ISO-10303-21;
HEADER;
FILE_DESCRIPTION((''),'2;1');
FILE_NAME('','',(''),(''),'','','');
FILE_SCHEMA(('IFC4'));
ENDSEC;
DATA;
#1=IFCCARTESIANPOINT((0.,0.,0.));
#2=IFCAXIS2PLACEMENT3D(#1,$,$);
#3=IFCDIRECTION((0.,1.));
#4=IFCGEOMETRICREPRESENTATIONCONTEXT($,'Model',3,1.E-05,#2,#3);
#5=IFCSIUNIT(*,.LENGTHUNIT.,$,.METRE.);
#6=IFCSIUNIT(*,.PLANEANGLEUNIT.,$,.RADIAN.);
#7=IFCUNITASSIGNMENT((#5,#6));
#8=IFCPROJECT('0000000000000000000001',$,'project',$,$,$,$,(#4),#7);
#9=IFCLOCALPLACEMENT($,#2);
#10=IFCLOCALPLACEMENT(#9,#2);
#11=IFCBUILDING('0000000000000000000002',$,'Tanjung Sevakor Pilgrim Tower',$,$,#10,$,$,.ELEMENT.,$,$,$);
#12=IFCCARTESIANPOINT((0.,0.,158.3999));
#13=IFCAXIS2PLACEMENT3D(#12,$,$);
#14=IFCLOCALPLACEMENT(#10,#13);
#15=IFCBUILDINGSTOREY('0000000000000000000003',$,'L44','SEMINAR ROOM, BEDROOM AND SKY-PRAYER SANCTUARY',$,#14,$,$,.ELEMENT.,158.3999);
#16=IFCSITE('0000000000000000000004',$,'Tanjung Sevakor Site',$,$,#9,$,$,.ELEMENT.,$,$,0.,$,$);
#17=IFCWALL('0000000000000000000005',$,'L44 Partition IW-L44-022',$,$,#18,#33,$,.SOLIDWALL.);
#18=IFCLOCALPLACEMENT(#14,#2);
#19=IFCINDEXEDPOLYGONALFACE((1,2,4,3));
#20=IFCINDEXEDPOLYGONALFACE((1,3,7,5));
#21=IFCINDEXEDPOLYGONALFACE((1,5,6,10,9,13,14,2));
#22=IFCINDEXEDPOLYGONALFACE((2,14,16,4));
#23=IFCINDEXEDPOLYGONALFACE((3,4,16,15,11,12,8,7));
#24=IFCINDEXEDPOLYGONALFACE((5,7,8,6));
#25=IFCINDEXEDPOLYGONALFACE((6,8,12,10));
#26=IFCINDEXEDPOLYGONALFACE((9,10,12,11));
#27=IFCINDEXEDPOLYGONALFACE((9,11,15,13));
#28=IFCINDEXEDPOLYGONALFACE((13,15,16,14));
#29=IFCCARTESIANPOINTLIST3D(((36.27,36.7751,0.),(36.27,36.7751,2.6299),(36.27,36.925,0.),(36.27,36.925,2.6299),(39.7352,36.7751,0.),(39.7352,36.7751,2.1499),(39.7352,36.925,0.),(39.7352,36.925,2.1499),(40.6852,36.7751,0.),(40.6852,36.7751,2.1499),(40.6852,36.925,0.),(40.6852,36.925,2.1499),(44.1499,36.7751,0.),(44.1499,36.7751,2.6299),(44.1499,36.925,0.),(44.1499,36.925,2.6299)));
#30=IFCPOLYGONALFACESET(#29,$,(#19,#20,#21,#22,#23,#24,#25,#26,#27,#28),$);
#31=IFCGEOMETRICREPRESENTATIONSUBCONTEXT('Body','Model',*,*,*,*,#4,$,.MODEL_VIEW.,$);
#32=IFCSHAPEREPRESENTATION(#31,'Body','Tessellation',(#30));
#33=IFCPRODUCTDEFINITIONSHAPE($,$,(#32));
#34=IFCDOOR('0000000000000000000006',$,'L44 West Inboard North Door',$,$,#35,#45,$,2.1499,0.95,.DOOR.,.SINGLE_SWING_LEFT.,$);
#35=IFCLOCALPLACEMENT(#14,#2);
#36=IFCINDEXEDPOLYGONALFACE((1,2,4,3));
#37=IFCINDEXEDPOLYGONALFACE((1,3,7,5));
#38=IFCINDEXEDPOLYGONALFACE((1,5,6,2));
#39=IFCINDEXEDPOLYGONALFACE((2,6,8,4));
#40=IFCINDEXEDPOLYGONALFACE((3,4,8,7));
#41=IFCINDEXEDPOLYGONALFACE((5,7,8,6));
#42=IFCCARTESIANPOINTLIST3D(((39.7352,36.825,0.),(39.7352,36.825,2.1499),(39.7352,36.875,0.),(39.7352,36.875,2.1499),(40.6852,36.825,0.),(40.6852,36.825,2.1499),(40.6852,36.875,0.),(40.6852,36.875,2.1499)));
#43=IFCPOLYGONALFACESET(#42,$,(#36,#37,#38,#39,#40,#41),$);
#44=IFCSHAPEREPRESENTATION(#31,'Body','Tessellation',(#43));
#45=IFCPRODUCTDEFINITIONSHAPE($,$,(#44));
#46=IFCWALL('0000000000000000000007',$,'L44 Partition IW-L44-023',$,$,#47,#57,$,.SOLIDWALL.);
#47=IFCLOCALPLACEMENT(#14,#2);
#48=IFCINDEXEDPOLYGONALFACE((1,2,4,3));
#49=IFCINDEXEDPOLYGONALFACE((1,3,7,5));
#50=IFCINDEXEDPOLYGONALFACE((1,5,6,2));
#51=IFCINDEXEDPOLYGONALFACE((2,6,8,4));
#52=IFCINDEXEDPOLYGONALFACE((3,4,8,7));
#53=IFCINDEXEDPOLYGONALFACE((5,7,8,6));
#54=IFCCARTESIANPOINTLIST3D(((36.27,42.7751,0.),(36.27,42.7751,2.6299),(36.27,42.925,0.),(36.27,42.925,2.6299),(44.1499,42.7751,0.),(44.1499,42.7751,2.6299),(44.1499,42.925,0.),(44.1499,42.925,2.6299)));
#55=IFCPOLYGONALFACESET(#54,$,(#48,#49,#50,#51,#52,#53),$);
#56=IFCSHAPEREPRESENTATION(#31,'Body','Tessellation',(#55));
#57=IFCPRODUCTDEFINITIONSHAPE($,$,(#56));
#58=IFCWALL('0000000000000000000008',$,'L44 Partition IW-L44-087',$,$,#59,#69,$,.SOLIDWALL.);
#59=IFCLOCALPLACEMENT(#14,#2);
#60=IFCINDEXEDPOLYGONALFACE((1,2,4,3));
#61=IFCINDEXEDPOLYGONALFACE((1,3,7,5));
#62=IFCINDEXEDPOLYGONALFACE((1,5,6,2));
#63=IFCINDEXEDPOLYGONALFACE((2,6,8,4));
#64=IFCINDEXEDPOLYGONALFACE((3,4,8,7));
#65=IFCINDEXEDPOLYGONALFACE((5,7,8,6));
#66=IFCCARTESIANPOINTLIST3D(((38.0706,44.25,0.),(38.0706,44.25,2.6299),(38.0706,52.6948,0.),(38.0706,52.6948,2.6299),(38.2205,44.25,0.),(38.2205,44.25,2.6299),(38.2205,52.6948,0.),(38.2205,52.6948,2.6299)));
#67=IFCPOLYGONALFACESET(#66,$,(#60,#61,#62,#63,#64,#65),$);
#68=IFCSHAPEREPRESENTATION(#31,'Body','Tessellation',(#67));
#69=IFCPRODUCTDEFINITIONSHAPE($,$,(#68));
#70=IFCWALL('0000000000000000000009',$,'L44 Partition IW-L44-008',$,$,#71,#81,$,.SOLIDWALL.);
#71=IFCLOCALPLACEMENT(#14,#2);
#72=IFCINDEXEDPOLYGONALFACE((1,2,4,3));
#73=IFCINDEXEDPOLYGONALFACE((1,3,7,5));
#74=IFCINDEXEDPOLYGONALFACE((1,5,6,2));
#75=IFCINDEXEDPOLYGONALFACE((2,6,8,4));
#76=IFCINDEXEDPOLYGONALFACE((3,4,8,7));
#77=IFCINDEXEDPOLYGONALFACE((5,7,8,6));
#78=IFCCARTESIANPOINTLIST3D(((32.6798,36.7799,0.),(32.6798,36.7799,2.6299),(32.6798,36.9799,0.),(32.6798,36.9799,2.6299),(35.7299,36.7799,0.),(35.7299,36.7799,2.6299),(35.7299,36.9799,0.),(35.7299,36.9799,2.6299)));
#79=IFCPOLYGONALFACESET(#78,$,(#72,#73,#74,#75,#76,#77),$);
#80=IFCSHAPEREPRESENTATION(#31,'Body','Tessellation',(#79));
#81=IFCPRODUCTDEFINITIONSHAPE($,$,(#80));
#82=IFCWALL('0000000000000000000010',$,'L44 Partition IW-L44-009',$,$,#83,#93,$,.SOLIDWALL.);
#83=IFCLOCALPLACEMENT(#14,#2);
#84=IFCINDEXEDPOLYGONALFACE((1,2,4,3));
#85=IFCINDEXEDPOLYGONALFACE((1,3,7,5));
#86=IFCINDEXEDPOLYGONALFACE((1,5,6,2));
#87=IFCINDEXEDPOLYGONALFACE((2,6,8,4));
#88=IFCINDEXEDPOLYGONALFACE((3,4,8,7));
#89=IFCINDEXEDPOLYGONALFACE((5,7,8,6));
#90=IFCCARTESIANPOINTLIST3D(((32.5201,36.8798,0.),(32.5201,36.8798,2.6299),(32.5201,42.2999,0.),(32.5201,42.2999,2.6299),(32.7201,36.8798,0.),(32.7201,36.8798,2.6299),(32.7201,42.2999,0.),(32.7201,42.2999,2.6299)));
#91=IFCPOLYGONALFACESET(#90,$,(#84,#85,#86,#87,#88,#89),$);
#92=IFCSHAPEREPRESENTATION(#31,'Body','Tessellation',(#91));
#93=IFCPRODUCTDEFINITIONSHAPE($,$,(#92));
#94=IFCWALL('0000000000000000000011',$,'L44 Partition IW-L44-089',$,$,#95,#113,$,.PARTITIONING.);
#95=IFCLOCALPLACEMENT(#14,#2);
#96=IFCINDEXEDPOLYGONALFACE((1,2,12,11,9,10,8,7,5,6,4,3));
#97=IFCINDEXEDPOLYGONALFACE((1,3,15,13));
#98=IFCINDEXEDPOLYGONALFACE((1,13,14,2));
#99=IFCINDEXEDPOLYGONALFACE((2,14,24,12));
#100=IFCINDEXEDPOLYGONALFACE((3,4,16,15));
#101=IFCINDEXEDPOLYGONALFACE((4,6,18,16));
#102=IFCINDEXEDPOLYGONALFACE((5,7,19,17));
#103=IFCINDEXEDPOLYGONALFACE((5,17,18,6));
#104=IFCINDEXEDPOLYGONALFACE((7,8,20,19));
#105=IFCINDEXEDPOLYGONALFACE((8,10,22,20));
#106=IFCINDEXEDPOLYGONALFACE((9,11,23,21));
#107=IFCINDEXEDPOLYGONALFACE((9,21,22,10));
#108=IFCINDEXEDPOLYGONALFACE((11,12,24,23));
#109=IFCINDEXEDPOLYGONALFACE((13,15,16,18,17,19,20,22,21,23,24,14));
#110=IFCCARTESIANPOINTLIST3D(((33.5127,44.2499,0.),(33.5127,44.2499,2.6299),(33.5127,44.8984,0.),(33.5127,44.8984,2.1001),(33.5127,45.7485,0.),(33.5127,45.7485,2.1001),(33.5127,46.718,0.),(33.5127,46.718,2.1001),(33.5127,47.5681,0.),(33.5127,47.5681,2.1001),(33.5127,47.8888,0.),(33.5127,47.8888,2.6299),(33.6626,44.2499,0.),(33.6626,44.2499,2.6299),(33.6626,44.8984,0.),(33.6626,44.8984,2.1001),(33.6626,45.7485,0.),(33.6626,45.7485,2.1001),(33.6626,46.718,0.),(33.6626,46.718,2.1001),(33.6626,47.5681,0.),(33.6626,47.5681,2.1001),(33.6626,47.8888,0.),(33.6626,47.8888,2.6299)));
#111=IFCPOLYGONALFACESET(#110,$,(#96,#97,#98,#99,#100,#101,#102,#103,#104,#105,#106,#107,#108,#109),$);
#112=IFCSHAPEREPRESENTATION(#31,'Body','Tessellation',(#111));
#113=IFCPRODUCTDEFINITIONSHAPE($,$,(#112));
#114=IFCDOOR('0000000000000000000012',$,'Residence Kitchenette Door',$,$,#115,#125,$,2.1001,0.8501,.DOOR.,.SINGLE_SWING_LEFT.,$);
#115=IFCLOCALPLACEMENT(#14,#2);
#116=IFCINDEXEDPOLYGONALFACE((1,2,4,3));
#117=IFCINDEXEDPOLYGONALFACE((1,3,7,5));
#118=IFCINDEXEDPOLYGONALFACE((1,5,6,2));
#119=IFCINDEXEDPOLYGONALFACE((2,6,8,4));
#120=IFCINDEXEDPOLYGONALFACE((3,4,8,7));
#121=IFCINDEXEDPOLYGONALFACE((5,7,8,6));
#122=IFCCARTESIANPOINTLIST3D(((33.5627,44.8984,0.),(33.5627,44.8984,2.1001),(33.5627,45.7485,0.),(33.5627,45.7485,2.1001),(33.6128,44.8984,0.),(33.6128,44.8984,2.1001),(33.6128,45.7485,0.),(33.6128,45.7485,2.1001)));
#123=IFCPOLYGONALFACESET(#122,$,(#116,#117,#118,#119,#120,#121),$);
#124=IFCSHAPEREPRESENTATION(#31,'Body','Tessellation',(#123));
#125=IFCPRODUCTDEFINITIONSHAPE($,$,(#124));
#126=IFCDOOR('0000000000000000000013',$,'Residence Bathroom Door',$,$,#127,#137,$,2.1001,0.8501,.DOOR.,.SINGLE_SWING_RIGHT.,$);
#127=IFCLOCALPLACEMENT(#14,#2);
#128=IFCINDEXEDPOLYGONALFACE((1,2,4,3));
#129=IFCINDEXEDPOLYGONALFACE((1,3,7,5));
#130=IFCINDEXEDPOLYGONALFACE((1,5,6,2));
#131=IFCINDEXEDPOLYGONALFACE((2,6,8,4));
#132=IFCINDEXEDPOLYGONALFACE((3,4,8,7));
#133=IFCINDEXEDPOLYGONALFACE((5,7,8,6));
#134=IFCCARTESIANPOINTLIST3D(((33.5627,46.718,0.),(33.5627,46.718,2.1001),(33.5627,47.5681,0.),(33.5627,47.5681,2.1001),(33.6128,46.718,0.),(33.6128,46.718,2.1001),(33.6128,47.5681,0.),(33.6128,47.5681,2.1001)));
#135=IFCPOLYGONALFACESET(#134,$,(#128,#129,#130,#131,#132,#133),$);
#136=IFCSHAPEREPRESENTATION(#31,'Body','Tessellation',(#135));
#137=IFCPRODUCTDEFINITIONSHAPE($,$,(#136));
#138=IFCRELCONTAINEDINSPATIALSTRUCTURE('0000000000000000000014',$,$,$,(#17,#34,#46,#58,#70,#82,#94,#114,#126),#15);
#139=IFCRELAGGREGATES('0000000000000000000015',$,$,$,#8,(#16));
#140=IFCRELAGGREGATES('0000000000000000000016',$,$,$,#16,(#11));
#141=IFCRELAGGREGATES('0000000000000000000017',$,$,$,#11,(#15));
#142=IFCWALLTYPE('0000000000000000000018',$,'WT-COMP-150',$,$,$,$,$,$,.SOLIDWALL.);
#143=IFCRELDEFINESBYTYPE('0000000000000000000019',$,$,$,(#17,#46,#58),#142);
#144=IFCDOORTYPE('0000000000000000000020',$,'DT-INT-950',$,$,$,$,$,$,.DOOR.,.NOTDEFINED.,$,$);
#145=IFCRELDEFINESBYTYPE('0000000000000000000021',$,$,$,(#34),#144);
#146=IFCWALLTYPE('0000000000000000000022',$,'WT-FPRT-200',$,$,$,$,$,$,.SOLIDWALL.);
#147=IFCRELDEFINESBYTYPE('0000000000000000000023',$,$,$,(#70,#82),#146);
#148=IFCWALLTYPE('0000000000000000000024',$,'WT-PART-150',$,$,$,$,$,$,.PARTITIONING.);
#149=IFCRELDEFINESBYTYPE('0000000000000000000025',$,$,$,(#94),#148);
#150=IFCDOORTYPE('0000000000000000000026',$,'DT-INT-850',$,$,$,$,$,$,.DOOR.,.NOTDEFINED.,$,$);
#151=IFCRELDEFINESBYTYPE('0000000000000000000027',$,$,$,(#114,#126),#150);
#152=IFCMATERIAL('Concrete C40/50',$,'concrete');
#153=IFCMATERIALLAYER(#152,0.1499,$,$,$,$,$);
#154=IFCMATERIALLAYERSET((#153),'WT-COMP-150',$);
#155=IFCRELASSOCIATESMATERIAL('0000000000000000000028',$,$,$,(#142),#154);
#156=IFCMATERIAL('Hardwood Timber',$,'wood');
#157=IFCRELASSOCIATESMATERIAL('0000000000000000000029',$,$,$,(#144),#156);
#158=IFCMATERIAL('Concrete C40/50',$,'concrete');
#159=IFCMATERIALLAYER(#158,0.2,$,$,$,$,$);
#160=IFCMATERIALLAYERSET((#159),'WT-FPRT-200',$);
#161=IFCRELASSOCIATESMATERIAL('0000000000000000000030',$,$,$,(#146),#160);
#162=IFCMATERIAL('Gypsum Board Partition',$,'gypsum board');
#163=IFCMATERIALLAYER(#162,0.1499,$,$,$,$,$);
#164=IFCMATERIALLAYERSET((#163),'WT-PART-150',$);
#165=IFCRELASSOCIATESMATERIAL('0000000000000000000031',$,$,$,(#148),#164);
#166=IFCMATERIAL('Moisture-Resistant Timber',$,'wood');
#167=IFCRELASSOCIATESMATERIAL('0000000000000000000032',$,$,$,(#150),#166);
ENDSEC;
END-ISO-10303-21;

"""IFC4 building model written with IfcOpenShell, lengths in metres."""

from ifc_helpers import new_model, si_unit, direction, frame, frame_2d, origin, place, context, subcontext, project, spatial, rectangle, extrude, material, layer, layer_set, type_object, element, fill, save


model = new_model("IFC4")

# Units and contexts
model_context = context("Model", 3, precision=1e-05, world=origin(), true_north=direction((0.0, 1.0)))
body_context = subcontext(model_context, "Body", "Model", "MODEL_VIEW")
ifc_project = project(units=[si_unit("LENGTHUNIT", "METRE"), si_unit("PLANEANGLEUNIT", "RADIAN")], contexts=[model_context])

# Site, building, storey
site_placement = place(None, origin())
site = spatial("IfcSite", under=ifc_project, at=site_placement, Name="Tanjung Sevakor Site", CompositionType="ELEMENT", RefElevation=0.0)
building_placement = place(site_placement, origin())
building = spatial("IfcBuilding", under=site, at=building_placement, Name="Tanjung Sevakor Pilgrim Tower", CompositionType="ELEMENT")
storey_placement = place(building_placement, frame((0.0, 0.0, 158.3999)))
storey = spatial("IfcBuildingStorey", under=building, at=storey_placement, Name="L44", Description="SEMINAR ROOM, BEDROOM AND SKY-PRAYER SANCTUARY", CompositionType="ELEMENT", Elevation=158.3999)

# Shared definitions
ifc_material_1 = material(Name="Concrete C40/50", Category="concrete")
ifc_layer_1 = layer(ifc_material_1, 0.1499)
ifc_layer_set_1 = layer_set([ifc_layer_1], Name="WT-COMP-150")
wall_type_1 = type_object("IfcWallType", Name="WT-COMP-150", PredefinedType="SOLIDWALL", material=ifc_layer_set_1)

# Wall, opening, door
ifc_material_2 = material(Name="Hardwood Timber", Category="wood")
door_type_1 = type_object("IfcDoorType", Name="DT-INT-950", OperationType="NOTDEFINED", PredefinedType="DOOR", material=ifc_material_2)
wall_1_placement = place(storey_placement, frame((36.27, 36.8501, 0.0), z_axis=(0.0, 0.0, 1.0), x_axis=(1.0, 0.0, 0.0)))
wall_1 = element("IfcWall", 1, at=wall_1_placement, inside=storey, type_object=wall_type_1, Name="L44 Partition IW-L44-022", PredefinedType="SOLIDWALL", context=body_context, shape_type="SweptSolid", body=[
    extrude(rectangle(XDim=7.8799, YDim=0.1499, at=frame_2d((3.9399, 0.0))), origin(), (0.0, 0.0, 1.0), 2.6299),
])
opening_1_placement = place(wall_1_placement, frame((3.4651, 0.0, 0.0)))
opening_1 = element("IfcOpeningElement", 2, at=opening_1_placement, cuts=wall_1, PredefinedType="OPENING", context=body_context, shape_type="SweptSolid", body=[
    extrude(rectangle(XDim=0.95, YDim=2.1499, at=frame_2d((0.4751, 1.075))), frame((0.0, 0.085, 0.0), z_axis=(0.0, -1.0, 0.0), x_axis=(1.0, 0.0, 0.0)), (0.0, 0.0, 1.0), 0.1699),
])
door_1_placement = place(opening_1_placement, origin())
door_1 = element("IfcDoor", 3, at=door_1_placement, inside=storey, type_object=door_type_1, Name="L44 West Inboard North Door", OperationType="SINGLE_SWING_LEFT", OverallHeight=2.1499, OverallWidth=0.95, PredefinedType="DOOR", context=body_context, shape_type="SweptSolid", body=[
    extrude(rectangle(XDim=0.95, YDim=2.1499, at=frame_2d((0.4751, 1.075))), frame((0.0, 0.0249, 0.0), z_axis=(0.0, -1.0, 0.0), x_axis=(1.0, 0.0, 0.0)), (0.0, 0.0, 1.0), 0.05),
])
fill(opening_1, door_1)

# Walls
wall_2_placement = place(storey_placement, frame((36.27, 42.8501, 0.0), z_axis=(0.0, 0.0, 1.0), x_axis=(1.0, 0.0, 0.0)))
element("IfcWall", 4, at=wall_2_placement, inside=storey, type_object=wall_type_1, Name="L44 Partition IW-L44-023", PredefinedType="SOLIDWALL", context=body_context, shape_type="SweptSolid", body=[
    extrude(rectangle(XDim=7.8799, YDim=0.1499, at=frame_2d((3.9399, 0.0))), origin(), (0.0, 0.0, 1.0), 2.6299),
])
wall_3_placement = place(storey_placement, frame((38.1455, 44.25, 0.0), z_axis=(0.0, 0.0, 1.0), x_axis=(0.0, 1.0, 0.0)))
element("IfcWall", 5, at=wall_3_placement, inside=storey, type_object=wall_type_1, Name="L44 Partition IW-L44-087", PredefinedType="SOLIDWALL", context=body_context, shape_type="SweptSolid", body=[
    extrude(rectangle(XDim=8.4448, YDim=0.1499, at=frame_2d((4.2224, 0.0))), origin(), (0.0, 0.0, 1.0), 2.6299),
])

# Walls
ifc_material_3 = material(Name="Concrete C40/50", Category="concrete")
ifc_layer_2 = layer(ifc_material_3, 0.2)
ifc_layer_set_2 = layer_set([ifc_layer_2], Name="WT-FPRT-200")
wall_type_2 = type_object("IfcWallType", Name="WT-FPRT-200", PredefinedType="SOLIDWALL", material=ifc_layer_set_2)
wall_4_placement = place(storey_placement, frame((32.6799, 36.8799, 0.0), z_axis=(0.0, 0.0, 1.0), x_axis=(1.0, 0.0, 0.0)))
element("IfcWall", 6, at=wall_4_placement, inside=storey, type_object=wall_type_2, Name="L44 Partition IW-L44-008", PredefinedType="SOLIDWALL", context=body_context, shape_type="SweptSolid", body=[
    extrude(rectangle(XDim=3.05, YDim=0.2, at=frame_2d((1.5249, 0.0))), origin(), (0.0, 0.0, 1.0), 2.6299),
])
wall_5_placement = place(storey_placement, frame((32.6201, 36.8799, 0.0), z_axis=(0.0, 0.0, 1.0), x_axis=(0.0, 1.0, 0.0)))
element("IfcWall", 7, at=wall_5_placement, inside=storey, type_object=wall_type_2, Name="L44 Partition IW-L44-009", PredefinedType="SOLIDWALL", context=body_context, shape_type="SweptSolid", body=[
    extrude(rectangle(XDim=5.4202, YDim=0.2, at=frame_2d((2.71, 0.0))), origin(), (0.0, 0.0, 1.0), 2.6299),
])

# Wall, openings, doors
ifc_material_4 = material(Name="Gypsum Board Partition", Category="gypsum board")
ifc_layer_3 = layer(ifc_material_4, 0.1499)
ifc_layer_set_3 = layer_set([ifc_layer_3], Name="WT-PART-150")
wall_type_3 = type_object("IfcWallType", Name="WT-PART-150", PredefinedType="PARTITIONING", material=ifc_layer_set_3)
wall_6_placement = place(storey_placement, frame((33.5876, 44.25, 0.0), z_axis=(0.0, 0.0, 1.0), x_axis=(0.0, 1.0, 0.0)))
wall_6 = element("IfcWall", 8, at=wall_6_placement, inside=storey, type_object=wall_type_3, Name="L44 Partition IW-L44-089", PredefinedType="PARTITIONING", context=body_context, shape_type="SweptSolid", body=[
    extrude(rectangle(XDim=3.6389, YDim=0.1499, at=frame_2d((1.8193, 0.0))), origin(), (0.0, 0.0, 1.0), 2.6299),
])
opening_2_placement = place(wall_6_placement, frame((0.6484, 0.0, 0.0)))
opening_2 = element("IfcOpeningElement", 9, at=opening_2_placement, cuts=wall_6, PredefinedType="OPENING", context=body_context, shape_type="SweptSolid", body=[
    extrude(rectangle(XDim=0.8501, YDim=2.1001, at=frame_2d((0.425, 1.05))), frame((0.0, 0.085, 0.0), z_axis=(0.0, -1.0, 0.0), x_axis=(1.0, 0.0, 0.0)), (0.0, 0.0, 1.0), 0.1699),
])
opening_3_placement = place(wall_6_placement, frame((2.468, 0.0, 0.0)))
opening_3 = element("IfcOpeningElement", 10, at=opening_3_placement, cuts=wall_6, PredefinedType="OPENING", context=body_context, shape_type="SweptSolid", body=[
    extrude(rectangle(XDim=0.8501, YDim=2.1001, at=frame_2d((0.425, 1.05))), frame((0.0, 0.085, 0.0), z_axis=(0.0, -1.0, 0.0), x_axis=(1.0, 0.0, 0.0)), (0.0, 0.0, 1.0), 0.1699),
])
ifc_material_5 = material(Name="Moisture-Resistant Timber", Category="wood")
door_type_2 = type_object("IfcDoorType", Name="DT-INT-850", OperationType="NOTDEFINED", PredefinedType="DOOR", material=ifc_material_5)
door_2_placement = place(opening_2_placement, origin())
door_2 = element("IfcDoor", 11, at=door_2_placement, inside=storey, type_object=door_type_2, Name="Residence Kitchenette Door", OperationType="SINGLE_SWING_LEFT", OverallHeight=2.1001, OverallWidth=0.8501, PredefinedType="DOOR", context=body_context, shape_type="SweptSolid", body=[
    extrude(rectangle(XDim=0.8501, YDim=2.1001, at=frame_2d((0.425, 1.05))), frame((0.0, 0.0249, 0.0), z_axis=(0.0, -1.0, 0.0), x_axis=(1.0, 0.0, 0.0)), (0.0, 0.0, 1.0), 0.05),
])
fill(opening_2, door_2)
door_3_placement = place(opening_3_placement, origin())
door_3 = element("IfcDoor", 12, at=door_3_placement, inside=storey, type_object=door_type_2, Name="Residence Bathroom Door", OperationType="SINGLE_SWING_RIGHT", OverallHeight=2.1001, OverallWidth=0.8501, PredefinedType="DOOR", context=body_context, shape_type="SweptSolid", body=[
    extrude(rectangle(XDim=0.8501, YDim=2.1001, at=frame_2d((0.425, 1.05))), frame((0.0, 0.0249, 0.0), z_axis=(0.0, -1.0, 0.0), x_axis=(1.0, 0.0, 0.0)), (0.0, 0.0, 1.0), 0.05),
])
fill(opening_3, door_3)

save(model, "model.ifc")
